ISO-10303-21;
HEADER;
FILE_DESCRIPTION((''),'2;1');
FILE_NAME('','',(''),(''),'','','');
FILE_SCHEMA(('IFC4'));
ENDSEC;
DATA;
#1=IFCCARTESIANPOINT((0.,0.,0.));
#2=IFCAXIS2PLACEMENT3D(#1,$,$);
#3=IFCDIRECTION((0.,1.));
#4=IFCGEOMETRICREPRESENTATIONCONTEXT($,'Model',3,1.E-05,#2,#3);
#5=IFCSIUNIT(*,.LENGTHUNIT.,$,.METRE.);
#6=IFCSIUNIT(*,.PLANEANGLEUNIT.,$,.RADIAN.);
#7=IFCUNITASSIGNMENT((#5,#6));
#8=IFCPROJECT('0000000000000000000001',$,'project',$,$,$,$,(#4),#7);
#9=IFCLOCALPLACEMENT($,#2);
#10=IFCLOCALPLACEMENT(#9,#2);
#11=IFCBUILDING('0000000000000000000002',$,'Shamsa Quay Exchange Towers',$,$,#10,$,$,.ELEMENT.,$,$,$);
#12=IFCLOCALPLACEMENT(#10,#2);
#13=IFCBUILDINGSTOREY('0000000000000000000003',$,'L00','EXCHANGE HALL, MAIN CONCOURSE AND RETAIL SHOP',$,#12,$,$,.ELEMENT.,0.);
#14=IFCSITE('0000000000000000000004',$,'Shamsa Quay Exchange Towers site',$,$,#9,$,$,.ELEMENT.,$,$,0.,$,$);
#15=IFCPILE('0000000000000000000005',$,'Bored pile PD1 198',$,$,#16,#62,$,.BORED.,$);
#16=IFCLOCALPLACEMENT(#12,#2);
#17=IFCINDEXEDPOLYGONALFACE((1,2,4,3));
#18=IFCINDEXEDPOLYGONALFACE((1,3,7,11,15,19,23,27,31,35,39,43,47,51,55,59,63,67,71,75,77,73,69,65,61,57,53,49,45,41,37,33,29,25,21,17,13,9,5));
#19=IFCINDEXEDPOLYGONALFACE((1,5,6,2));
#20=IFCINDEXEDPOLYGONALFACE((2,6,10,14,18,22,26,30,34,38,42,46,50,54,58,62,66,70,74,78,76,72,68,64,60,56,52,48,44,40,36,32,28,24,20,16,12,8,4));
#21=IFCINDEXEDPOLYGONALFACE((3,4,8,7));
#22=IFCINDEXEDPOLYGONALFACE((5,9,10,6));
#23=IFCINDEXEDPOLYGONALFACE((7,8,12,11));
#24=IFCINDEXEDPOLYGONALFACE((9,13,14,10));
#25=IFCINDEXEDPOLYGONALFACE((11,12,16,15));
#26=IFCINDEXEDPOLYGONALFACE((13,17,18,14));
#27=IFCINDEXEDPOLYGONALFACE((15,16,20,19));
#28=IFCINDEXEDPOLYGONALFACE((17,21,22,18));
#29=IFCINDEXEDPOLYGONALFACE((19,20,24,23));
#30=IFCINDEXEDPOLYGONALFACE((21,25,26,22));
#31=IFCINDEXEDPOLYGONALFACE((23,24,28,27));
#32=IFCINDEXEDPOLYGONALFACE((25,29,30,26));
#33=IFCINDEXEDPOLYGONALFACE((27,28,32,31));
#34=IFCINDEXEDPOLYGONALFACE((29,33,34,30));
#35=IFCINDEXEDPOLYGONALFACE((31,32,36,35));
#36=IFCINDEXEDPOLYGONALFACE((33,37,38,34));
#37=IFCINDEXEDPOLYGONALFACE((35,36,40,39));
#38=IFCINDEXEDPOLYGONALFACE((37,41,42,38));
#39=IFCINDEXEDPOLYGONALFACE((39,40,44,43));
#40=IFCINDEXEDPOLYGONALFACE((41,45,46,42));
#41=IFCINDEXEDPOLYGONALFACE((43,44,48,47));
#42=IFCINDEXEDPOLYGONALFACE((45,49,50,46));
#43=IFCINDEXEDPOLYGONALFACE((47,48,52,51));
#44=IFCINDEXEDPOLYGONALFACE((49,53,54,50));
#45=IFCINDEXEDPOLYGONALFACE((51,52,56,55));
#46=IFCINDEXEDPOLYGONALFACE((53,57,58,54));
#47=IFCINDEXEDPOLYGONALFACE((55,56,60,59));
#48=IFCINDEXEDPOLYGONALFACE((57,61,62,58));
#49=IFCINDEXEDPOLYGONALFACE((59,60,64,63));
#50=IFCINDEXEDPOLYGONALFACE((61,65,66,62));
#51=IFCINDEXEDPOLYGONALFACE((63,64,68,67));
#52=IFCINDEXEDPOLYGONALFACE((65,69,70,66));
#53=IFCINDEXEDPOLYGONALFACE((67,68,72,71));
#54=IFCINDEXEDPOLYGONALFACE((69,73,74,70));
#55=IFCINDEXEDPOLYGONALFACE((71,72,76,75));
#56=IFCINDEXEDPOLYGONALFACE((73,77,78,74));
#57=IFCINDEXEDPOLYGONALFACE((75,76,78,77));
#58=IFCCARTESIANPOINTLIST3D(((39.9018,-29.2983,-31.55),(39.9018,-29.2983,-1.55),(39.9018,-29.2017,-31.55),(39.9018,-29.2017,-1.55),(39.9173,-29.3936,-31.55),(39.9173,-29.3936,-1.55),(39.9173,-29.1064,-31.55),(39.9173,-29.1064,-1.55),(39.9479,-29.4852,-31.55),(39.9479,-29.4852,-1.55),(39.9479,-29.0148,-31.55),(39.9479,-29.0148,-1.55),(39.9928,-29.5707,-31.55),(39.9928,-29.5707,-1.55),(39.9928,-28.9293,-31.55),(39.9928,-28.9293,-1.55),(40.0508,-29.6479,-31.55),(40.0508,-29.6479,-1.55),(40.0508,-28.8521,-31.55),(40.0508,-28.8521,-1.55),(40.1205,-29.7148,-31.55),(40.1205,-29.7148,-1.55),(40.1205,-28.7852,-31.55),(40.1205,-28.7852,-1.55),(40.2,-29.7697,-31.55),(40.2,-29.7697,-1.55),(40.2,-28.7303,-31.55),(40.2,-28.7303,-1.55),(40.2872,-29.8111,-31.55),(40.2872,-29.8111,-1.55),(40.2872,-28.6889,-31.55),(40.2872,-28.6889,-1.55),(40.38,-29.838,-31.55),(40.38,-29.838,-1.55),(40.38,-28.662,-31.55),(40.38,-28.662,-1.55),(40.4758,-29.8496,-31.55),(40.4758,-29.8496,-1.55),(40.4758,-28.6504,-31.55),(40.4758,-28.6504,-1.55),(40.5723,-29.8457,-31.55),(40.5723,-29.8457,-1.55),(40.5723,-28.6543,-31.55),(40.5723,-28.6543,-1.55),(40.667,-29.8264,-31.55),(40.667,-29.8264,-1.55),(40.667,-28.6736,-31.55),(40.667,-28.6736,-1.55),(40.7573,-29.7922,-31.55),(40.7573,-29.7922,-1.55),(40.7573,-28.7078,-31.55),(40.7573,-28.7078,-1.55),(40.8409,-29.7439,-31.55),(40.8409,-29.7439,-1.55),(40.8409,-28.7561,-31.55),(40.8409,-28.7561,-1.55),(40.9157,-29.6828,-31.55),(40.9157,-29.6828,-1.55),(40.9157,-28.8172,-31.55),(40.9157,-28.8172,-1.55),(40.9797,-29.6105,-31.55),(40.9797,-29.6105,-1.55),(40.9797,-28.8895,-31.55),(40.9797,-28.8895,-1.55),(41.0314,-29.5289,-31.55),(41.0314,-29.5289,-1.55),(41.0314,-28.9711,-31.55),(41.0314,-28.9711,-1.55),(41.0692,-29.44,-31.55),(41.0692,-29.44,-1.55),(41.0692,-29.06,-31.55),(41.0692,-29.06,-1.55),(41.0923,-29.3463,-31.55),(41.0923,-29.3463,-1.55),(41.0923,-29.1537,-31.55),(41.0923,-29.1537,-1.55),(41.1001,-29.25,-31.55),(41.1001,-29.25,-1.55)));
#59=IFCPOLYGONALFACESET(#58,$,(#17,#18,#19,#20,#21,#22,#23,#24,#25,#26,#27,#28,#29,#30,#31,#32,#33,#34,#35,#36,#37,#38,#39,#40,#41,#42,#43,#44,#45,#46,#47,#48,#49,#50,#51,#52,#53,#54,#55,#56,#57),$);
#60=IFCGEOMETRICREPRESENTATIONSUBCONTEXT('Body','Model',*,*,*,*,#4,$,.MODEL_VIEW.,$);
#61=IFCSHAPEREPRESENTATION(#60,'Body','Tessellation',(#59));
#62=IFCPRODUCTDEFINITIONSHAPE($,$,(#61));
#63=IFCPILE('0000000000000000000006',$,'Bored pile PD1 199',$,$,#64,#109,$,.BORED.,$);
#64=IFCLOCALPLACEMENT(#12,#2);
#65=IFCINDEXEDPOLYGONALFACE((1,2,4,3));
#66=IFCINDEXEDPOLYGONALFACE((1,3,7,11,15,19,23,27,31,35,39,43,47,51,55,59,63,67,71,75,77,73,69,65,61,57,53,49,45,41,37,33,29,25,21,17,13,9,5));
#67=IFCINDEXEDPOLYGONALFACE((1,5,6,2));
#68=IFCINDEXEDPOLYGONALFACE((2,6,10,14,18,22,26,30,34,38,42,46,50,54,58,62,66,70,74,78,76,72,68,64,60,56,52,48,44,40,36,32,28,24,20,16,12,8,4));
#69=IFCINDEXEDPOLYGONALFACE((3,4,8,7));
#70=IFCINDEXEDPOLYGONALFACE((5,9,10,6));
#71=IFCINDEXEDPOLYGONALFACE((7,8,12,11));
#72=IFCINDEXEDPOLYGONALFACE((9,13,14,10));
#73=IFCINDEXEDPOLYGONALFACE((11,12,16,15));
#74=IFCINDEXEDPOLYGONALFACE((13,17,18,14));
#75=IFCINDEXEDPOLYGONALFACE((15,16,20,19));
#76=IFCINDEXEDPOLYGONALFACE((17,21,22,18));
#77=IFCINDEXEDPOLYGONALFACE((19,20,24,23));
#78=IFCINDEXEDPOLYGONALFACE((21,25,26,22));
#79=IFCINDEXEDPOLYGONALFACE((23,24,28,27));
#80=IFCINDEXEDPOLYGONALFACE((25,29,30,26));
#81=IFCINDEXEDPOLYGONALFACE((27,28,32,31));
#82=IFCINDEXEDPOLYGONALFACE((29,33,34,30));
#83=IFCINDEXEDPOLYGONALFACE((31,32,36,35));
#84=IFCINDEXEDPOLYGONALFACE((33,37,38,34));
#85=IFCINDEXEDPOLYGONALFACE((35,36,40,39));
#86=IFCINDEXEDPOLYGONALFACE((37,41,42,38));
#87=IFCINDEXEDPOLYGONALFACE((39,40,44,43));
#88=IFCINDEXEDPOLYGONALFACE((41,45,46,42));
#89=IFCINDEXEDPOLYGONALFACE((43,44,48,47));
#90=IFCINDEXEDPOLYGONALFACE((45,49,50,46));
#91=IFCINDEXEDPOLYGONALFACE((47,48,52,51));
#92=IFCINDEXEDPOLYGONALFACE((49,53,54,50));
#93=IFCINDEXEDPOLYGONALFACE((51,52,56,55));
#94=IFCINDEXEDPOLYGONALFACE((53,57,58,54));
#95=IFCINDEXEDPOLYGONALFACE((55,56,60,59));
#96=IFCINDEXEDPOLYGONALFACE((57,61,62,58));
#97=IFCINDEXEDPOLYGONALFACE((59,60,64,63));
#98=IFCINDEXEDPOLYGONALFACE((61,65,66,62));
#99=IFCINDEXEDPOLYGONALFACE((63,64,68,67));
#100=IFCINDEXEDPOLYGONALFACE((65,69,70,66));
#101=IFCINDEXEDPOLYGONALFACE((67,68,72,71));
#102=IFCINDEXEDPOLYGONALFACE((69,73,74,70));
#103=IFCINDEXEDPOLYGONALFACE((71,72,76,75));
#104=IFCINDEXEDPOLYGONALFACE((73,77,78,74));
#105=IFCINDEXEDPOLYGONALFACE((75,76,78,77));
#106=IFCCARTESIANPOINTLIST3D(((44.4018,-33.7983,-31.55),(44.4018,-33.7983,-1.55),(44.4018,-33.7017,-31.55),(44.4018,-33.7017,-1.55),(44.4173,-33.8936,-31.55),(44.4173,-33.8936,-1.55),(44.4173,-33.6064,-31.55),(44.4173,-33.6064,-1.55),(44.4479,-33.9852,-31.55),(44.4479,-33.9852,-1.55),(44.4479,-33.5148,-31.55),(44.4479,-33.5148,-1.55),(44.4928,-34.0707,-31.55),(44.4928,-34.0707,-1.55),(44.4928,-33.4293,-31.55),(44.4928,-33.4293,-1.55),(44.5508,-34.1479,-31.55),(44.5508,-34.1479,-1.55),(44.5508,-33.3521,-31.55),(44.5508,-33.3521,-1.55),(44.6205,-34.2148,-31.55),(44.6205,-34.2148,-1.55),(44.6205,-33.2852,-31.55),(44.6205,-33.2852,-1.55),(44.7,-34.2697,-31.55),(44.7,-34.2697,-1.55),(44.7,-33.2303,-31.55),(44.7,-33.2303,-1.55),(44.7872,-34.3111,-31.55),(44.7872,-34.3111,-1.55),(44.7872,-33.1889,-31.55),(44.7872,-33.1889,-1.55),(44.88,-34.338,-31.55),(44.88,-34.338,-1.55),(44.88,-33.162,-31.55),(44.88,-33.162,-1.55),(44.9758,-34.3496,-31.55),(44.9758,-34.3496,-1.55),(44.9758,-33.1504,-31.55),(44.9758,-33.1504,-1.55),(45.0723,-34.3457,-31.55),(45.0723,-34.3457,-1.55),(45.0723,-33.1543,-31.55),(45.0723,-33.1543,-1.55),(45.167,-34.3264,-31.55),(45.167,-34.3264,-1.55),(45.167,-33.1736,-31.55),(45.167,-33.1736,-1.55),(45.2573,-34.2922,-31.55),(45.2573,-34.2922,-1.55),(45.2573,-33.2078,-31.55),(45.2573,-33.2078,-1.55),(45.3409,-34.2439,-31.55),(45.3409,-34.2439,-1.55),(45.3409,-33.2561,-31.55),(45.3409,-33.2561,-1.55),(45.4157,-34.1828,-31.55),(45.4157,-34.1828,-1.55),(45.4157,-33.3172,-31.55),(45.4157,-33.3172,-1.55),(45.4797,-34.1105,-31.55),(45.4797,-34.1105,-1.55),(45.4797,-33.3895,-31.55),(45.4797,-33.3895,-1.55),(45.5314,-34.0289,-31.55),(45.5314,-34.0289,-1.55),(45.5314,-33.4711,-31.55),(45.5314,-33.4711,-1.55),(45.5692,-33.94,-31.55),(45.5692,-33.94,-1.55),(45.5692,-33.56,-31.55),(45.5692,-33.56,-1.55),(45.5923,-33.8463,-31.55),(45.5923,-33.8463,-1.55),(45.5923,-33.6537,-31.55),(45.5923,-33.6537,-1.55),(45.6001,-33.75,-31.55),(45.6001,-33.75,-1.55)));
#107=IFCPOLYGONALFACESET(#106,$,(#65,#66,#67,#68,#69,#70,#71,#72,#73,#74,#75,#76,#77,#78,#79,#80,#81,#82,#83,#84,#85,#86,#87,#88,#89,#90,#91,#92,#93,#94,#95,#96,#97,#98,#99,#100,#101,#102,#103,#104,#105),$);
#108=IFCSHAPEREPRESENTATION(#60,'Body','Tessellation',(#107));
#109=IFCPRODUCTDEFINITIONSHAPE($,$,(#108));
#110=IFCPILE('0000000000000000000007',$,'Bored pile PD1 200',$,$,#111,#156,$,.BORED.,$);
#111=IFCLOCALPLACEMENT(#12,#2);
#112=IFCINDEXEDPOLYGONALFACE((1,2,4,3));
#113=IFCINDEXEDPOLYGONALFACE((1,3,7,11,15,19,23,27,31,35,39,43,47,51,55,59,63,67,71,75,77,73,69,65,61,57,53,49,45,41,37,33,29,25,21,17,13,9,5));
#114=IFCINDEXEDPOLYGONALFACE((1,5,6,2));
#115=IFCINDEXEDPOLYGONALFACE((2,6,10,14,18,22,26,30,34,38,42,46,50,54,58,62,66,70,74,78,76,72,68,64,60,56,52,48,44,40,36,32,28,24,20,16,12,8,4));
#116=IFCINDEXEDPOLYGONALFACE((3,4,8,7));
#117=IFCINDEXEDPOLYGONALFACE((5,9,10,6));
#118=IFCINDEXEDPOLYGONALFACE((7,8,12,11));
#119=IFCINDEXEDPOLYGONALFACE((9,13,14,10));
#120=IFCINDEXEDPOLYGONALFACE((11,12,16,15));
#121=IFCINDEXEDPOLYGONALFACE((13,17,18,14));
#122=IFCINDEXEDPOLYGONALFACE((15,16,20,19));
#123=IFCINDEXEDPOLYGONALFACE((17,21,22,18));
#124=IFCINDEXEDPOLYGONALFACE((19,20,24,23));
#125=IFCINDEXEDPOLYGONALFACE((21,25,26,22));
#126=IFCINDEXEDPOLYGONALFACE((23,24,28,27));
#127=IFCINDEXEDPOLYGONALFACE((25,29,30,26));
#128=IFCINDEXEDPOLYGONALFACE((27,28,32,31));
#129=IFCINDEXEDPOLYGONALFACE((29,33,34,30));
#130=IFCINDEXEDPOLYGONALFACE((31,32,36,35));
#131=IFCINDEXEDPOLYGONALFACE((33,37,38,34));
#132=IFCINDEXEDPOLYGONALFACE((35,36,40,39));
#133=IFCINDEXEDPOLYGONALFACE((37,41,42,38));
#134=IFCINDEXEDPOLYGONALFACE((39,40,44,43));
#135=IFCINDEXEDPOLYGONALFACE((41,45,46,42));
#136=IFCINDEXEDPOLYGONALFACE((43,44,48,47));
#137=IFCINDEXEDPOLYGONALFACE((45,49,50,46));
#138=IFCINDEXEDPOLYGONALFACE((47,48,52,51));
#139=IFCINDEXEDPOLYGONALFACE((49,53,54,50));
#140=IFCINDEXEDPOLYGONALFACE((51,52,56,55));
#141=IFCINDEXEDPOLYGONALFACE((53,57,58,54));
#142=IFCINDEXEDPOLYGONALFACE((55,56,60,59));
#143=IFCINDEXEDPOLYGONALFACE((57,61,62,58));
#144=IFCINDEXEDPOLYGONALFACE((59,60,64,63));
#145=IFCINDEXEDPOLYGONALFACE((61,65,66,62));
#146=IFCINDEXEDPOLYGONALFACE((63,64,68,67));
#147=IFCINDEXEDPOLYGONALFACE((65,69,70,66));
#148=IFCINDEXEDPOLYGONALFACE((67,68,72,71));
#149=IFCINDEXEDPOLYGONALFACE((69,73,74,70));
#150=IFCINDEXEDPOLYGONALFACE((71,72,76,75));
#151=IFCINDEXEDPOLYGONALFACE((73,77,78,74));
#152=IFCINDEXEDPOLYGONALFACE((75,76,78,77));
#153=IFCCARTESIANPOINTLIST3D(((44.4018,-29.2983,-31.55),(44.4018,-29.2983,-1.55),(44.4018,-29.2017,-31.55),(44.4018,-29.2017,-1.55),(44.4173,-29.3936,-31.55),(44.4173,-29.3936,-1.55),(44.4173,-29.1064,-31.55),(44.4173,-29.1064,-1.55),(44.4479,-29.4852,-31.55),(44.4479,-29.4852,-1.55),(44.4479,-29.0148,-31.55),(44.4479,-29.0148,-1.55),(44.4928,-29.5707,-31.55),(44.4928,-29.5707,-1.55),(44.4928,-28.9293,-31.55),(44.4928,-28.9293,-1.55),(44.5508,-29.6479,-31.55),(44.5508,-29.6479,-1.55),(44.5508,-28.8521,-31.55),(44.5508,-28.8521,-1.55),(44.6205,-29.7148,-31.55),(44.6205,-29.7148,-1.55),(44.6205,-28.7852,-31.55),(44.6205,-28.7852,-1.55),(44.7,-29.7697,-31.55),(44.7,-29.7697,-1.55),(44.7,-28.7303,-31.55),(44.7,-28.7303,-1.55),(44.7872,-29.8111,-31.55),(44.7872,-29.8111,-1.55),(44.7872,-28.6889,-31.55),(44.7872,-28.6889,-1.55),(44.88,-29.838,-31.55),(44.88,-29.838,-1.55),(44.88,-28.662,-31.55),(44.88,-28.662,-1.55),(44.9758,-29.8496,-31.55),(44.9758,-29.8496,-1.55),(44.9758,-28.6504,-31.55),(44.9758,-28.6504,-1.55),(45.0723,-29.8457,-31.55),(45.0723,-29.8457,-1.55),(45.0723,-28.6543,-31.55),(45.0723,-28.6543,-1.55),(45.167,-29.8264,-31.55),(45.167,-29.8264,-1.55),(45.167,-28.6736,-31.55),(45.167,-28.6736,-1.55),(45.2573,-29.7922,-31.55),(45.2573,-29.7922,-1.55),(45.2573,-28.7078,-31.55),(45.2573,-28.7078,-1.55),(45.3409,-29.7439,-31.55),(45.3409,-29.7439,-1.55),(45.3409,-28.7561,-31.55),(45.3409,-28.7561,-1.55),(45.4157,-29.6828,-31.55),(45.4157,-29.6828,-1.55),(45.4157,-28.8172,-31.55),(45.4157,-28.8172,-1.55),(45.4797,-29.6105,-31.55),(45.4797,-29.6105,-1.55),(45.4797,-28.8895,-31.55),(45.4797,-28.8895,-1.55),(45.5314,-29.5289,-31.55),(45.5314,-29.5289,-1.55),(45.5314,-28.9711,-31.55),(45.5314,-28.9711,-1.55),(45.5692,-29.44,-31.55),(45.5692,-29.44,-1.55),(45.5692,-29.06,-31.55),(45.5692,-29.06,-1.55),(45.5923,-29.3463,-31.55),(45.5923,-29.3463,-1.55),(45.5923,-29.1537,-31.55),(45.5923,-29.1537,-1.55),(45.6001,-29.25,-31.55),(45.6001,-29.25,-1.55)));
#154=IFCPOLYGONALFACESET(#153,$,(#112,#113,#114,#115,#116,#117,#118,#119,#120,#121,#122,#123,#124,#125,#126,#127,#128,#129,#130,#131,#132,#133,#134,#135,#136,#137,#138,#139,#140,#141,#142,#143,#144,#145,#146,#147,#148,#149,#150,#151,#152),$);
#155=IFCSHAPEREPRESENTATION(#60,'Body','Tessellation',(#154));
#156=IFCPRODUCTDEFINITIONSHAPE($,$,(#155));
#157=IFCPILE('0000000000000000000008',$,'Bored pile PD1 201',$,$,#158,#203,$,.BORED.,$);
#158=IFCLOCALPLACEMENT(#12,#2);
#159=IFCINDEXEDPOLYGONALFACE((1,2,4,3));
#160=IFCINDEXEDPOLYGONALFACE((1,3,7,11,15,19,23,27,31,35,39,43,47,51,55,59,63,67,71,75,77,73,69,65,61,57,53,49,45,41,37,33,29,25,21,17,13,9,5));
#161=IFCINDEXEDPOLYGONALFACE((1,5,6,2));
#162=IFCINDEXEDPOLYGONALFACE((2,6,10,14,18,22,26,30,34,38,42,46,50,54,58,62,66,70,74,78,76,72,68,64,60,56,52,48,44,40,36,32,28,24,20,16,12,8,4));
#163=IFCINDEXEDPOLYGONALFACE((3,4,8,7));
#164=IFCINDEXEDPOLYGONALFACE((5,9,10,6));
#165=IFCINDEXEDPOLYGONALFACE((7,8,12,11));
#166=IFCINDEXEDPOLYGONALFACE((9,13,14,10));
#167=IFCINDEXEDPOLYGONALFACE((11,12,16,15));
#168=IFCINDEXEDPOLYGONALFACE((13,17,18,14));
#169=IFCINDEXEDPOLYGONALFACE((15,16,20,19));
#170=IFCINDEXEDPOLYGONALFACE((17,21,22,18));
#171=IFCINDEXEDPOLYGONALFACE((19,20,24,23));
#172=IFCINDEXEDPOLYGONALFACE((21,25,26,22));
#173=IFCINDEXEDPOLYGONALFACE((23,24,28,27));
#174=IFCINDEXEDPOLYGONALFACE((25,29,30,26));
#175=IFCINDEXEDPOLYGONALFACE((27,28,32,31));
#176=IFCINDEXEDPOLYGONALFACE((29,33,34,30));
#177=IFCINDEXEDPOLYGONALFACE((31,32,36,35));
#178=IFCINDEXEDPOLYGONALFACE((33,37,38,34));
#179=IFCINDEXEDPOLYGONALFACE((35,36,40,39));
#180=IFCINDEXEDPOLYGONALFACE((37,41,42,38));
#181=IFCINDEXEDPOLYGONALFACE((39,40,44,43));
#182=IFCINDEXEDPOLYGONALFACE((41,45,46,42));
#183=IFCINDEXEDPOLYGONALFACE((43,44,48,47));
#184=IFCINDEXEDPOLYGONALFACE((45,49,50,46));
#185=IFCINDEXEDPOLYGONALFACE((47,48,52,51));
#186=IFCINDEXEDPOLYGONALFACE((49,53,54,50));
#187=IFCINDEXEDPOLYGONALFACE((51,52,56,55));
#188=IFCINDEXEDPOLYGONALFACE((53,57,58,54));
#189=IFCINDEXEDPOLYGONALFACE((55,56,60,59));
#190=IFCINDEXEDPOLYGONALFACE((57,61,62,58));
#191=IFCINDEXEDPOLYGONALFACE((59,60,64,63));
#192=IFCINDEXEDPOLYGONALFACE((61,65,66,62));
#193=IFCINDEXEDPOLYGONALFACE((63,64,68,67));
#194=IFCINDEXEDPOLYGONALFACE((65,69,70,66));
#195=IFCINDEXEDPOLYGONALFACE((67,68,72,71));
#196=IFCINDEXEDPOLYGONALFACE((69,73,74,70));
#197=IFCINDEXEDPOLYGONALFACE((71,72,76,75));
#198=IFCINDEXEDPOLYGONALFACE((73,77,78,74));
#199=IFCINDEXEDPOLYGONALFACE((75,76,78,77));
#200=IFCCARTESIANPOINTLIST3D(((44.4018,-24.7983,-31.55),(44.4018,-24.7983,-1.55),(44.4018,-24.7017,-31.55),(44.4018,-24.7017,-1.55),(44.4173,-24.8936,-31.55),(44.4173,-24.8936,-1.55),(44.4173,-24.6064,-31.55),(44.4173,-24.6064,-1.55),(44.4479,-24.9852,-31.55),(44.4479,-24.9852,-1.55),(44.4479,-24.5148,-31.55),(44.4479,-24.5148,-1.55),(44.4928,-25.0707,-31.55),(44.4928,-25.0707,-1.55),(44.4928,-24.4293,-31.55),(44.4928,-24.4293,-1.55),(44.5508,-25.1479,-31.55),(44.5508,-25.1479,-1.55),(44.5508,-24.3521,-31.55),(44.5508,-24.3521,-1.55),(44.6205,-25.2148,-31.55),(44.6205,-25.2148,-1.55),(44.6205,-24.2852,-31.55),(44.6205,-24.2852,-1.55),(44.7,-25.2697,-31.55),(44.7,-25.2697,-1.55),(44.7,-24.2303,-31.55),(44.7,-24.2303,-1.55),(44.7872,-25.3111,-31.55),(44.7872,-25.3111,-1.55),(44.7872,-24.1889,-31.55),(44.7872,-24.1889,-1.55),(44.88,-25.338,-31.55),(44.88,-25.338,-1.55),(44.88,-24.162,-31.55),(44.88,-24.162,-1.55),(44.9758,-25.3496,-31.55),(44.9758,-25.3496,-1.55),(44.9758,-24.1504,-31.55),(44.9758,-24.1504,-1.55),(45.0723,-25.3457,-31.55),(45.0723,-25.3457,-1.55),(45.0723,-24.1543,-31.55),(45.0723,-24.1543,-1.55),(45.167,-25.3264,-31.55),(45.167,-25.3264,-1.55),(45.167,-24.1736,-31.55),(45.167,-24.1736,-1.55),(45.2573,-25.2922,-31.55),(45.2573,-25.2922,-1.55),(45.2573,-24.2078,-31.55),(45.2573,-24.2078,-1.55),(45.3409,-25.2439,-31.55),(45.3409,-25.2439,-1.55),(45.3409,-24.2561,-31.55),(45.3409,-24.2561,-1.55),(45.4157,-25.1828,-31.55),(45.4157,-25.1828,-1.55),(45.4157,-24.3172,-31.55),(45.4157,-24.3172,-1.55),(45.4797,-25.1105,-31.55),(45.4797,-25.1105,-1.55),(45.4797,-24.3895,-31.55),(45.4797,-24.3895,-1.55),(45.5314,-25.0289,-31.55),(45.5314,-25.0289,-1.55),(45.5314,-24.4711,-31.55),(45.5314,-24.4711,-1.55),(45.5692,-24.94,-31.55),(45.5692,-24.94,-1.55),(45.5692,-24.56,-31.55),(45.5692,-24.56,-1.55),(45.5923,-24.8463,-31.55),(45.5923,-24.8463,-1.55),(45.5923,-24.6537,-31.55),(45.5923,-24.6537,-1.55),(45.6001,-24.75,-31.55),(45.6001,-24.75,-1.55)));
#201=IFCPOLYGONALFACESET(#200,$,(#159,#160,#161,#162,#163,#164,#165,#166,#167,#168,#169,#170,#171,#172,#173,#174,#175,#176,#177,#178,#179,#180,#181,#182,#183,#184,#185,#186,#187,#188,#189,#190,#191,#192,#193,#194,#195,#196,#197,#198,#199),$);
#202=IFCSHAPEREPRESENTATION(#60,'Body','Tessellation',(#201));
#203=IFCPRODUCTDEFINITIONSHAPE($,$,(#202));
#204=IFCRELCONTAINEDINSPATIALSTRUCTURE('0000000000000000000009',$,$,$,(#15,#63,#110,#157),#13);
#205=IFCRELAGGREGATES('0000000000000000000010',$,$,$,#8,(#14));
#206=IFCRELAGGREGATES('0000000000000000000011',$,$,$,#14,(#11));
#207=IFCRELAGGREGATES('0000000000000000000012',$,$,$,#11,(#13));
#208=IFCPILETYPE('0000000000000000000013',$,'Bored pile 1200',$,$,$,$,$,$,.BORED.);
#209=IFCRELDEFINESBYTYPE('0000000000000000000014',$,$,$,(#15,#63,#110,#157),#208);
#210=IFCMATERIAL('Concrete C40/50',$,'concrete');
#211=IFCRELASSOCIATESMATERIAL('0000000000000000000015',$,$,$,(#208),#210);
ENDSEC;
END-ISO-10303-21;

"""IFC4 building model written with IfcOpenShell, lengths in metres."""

from ifc_helpers import new_model, si_unit, direction, frame, origin, origin_2d, place, context, subcontext, project, spatial, circle, extrude, material, material_profile, profile_set, type_object, element, save


model = new_model("IFC4")

# Units and contexts
model_context = context("Model", 3, precision=1e-05, world=origin(), true_north=direction((0.0, 1.0)))
body_context = subcontext(model_context, "Body", "Model", "MODEL_VIEW")
ifc_project = project(units=[si_unit("LENGTHUNIT", "METRE"), si_unit("PLANEANGLEUNIT", "RADIAN")], contexts=[model_context])

# Site, building, storey
site_placement = place(None, origin())
site = spatial("IfcSite", under=ifc_project, at=site_placement, Name="Shamsa Quay Exchange Towers site", CompositionType="ELEMENT", RefElevation=0.0)
building_placement = place(site_placement, origin())
building = spatial("IfcBuilding", under=site, at=building_placement, Name="Shamsa Quay Exchange Towers", CompositionType="ELEMENT")
storey_placement = place(building_placement, origin())
storey = spatial("IfcBuildingStorey", under=building, at=storey_placement, Name="L00", Description="EXCHANGE HALL, MAIN CONCOURSE AND RETAIL SHOP", CompositionType="ELEMENT", Elevation=0.0)

# Piles
ifc_material_1 = material(Name="Concrete C40/50", Category="concrete")
ifc_material_profile_1 = material_profile(ifc_material_1, circle(Radius=0.6001, at=origin_2d()), Name="BP1200")
ifc_profile_set_1 = profile_set([ifc_material_profile_1], Name="Concrete C40/50")
pile_type_1 = type_object("IfcPileType", Name="Bored pile 1200", PredefinedType="BORED", material=ifc_profile_set_1)
for number, where, z_axis, x_axis, name in (
    (1, (40.5, -29.25, -1.55), (0.0, 0.0, -1.0), (1.0, 0.0, 0.0), "Bored pile PD1 198"),
    (2, (45.0, -33.75, -1.55), (0.0, 0.0, -1.0), (1.0, 0.0, 0.0), "Bored pile PD1 199"),
    (3, (45.0, -29.25, -1.55), (0.0, 0.0, -1.0), (1.0, 0.0, 0.0), "Bored pile PD1 200"),
    (4, (45.0, -24.75, -1.55), (0.0, 0.0, -1.0), (1.0, 0.0, 0.0), "Bored pile PD1 201"),
):
    element("IfcPile", number, at=place(storey_placement, frame(where, z_axis=z_axis, x_axis=x_axis)), inside=storey, type_object=pile_type_1, Name=name, PredefinedType="BORED", context=body_context, shape_type="SweptSolid", body=[
        extrude(circle(Radius=0.6001, at=origin_2d()), origin(), (0.0, 0.0, 1.0), 30.0),
    ])

save(model, "model.ifc")
